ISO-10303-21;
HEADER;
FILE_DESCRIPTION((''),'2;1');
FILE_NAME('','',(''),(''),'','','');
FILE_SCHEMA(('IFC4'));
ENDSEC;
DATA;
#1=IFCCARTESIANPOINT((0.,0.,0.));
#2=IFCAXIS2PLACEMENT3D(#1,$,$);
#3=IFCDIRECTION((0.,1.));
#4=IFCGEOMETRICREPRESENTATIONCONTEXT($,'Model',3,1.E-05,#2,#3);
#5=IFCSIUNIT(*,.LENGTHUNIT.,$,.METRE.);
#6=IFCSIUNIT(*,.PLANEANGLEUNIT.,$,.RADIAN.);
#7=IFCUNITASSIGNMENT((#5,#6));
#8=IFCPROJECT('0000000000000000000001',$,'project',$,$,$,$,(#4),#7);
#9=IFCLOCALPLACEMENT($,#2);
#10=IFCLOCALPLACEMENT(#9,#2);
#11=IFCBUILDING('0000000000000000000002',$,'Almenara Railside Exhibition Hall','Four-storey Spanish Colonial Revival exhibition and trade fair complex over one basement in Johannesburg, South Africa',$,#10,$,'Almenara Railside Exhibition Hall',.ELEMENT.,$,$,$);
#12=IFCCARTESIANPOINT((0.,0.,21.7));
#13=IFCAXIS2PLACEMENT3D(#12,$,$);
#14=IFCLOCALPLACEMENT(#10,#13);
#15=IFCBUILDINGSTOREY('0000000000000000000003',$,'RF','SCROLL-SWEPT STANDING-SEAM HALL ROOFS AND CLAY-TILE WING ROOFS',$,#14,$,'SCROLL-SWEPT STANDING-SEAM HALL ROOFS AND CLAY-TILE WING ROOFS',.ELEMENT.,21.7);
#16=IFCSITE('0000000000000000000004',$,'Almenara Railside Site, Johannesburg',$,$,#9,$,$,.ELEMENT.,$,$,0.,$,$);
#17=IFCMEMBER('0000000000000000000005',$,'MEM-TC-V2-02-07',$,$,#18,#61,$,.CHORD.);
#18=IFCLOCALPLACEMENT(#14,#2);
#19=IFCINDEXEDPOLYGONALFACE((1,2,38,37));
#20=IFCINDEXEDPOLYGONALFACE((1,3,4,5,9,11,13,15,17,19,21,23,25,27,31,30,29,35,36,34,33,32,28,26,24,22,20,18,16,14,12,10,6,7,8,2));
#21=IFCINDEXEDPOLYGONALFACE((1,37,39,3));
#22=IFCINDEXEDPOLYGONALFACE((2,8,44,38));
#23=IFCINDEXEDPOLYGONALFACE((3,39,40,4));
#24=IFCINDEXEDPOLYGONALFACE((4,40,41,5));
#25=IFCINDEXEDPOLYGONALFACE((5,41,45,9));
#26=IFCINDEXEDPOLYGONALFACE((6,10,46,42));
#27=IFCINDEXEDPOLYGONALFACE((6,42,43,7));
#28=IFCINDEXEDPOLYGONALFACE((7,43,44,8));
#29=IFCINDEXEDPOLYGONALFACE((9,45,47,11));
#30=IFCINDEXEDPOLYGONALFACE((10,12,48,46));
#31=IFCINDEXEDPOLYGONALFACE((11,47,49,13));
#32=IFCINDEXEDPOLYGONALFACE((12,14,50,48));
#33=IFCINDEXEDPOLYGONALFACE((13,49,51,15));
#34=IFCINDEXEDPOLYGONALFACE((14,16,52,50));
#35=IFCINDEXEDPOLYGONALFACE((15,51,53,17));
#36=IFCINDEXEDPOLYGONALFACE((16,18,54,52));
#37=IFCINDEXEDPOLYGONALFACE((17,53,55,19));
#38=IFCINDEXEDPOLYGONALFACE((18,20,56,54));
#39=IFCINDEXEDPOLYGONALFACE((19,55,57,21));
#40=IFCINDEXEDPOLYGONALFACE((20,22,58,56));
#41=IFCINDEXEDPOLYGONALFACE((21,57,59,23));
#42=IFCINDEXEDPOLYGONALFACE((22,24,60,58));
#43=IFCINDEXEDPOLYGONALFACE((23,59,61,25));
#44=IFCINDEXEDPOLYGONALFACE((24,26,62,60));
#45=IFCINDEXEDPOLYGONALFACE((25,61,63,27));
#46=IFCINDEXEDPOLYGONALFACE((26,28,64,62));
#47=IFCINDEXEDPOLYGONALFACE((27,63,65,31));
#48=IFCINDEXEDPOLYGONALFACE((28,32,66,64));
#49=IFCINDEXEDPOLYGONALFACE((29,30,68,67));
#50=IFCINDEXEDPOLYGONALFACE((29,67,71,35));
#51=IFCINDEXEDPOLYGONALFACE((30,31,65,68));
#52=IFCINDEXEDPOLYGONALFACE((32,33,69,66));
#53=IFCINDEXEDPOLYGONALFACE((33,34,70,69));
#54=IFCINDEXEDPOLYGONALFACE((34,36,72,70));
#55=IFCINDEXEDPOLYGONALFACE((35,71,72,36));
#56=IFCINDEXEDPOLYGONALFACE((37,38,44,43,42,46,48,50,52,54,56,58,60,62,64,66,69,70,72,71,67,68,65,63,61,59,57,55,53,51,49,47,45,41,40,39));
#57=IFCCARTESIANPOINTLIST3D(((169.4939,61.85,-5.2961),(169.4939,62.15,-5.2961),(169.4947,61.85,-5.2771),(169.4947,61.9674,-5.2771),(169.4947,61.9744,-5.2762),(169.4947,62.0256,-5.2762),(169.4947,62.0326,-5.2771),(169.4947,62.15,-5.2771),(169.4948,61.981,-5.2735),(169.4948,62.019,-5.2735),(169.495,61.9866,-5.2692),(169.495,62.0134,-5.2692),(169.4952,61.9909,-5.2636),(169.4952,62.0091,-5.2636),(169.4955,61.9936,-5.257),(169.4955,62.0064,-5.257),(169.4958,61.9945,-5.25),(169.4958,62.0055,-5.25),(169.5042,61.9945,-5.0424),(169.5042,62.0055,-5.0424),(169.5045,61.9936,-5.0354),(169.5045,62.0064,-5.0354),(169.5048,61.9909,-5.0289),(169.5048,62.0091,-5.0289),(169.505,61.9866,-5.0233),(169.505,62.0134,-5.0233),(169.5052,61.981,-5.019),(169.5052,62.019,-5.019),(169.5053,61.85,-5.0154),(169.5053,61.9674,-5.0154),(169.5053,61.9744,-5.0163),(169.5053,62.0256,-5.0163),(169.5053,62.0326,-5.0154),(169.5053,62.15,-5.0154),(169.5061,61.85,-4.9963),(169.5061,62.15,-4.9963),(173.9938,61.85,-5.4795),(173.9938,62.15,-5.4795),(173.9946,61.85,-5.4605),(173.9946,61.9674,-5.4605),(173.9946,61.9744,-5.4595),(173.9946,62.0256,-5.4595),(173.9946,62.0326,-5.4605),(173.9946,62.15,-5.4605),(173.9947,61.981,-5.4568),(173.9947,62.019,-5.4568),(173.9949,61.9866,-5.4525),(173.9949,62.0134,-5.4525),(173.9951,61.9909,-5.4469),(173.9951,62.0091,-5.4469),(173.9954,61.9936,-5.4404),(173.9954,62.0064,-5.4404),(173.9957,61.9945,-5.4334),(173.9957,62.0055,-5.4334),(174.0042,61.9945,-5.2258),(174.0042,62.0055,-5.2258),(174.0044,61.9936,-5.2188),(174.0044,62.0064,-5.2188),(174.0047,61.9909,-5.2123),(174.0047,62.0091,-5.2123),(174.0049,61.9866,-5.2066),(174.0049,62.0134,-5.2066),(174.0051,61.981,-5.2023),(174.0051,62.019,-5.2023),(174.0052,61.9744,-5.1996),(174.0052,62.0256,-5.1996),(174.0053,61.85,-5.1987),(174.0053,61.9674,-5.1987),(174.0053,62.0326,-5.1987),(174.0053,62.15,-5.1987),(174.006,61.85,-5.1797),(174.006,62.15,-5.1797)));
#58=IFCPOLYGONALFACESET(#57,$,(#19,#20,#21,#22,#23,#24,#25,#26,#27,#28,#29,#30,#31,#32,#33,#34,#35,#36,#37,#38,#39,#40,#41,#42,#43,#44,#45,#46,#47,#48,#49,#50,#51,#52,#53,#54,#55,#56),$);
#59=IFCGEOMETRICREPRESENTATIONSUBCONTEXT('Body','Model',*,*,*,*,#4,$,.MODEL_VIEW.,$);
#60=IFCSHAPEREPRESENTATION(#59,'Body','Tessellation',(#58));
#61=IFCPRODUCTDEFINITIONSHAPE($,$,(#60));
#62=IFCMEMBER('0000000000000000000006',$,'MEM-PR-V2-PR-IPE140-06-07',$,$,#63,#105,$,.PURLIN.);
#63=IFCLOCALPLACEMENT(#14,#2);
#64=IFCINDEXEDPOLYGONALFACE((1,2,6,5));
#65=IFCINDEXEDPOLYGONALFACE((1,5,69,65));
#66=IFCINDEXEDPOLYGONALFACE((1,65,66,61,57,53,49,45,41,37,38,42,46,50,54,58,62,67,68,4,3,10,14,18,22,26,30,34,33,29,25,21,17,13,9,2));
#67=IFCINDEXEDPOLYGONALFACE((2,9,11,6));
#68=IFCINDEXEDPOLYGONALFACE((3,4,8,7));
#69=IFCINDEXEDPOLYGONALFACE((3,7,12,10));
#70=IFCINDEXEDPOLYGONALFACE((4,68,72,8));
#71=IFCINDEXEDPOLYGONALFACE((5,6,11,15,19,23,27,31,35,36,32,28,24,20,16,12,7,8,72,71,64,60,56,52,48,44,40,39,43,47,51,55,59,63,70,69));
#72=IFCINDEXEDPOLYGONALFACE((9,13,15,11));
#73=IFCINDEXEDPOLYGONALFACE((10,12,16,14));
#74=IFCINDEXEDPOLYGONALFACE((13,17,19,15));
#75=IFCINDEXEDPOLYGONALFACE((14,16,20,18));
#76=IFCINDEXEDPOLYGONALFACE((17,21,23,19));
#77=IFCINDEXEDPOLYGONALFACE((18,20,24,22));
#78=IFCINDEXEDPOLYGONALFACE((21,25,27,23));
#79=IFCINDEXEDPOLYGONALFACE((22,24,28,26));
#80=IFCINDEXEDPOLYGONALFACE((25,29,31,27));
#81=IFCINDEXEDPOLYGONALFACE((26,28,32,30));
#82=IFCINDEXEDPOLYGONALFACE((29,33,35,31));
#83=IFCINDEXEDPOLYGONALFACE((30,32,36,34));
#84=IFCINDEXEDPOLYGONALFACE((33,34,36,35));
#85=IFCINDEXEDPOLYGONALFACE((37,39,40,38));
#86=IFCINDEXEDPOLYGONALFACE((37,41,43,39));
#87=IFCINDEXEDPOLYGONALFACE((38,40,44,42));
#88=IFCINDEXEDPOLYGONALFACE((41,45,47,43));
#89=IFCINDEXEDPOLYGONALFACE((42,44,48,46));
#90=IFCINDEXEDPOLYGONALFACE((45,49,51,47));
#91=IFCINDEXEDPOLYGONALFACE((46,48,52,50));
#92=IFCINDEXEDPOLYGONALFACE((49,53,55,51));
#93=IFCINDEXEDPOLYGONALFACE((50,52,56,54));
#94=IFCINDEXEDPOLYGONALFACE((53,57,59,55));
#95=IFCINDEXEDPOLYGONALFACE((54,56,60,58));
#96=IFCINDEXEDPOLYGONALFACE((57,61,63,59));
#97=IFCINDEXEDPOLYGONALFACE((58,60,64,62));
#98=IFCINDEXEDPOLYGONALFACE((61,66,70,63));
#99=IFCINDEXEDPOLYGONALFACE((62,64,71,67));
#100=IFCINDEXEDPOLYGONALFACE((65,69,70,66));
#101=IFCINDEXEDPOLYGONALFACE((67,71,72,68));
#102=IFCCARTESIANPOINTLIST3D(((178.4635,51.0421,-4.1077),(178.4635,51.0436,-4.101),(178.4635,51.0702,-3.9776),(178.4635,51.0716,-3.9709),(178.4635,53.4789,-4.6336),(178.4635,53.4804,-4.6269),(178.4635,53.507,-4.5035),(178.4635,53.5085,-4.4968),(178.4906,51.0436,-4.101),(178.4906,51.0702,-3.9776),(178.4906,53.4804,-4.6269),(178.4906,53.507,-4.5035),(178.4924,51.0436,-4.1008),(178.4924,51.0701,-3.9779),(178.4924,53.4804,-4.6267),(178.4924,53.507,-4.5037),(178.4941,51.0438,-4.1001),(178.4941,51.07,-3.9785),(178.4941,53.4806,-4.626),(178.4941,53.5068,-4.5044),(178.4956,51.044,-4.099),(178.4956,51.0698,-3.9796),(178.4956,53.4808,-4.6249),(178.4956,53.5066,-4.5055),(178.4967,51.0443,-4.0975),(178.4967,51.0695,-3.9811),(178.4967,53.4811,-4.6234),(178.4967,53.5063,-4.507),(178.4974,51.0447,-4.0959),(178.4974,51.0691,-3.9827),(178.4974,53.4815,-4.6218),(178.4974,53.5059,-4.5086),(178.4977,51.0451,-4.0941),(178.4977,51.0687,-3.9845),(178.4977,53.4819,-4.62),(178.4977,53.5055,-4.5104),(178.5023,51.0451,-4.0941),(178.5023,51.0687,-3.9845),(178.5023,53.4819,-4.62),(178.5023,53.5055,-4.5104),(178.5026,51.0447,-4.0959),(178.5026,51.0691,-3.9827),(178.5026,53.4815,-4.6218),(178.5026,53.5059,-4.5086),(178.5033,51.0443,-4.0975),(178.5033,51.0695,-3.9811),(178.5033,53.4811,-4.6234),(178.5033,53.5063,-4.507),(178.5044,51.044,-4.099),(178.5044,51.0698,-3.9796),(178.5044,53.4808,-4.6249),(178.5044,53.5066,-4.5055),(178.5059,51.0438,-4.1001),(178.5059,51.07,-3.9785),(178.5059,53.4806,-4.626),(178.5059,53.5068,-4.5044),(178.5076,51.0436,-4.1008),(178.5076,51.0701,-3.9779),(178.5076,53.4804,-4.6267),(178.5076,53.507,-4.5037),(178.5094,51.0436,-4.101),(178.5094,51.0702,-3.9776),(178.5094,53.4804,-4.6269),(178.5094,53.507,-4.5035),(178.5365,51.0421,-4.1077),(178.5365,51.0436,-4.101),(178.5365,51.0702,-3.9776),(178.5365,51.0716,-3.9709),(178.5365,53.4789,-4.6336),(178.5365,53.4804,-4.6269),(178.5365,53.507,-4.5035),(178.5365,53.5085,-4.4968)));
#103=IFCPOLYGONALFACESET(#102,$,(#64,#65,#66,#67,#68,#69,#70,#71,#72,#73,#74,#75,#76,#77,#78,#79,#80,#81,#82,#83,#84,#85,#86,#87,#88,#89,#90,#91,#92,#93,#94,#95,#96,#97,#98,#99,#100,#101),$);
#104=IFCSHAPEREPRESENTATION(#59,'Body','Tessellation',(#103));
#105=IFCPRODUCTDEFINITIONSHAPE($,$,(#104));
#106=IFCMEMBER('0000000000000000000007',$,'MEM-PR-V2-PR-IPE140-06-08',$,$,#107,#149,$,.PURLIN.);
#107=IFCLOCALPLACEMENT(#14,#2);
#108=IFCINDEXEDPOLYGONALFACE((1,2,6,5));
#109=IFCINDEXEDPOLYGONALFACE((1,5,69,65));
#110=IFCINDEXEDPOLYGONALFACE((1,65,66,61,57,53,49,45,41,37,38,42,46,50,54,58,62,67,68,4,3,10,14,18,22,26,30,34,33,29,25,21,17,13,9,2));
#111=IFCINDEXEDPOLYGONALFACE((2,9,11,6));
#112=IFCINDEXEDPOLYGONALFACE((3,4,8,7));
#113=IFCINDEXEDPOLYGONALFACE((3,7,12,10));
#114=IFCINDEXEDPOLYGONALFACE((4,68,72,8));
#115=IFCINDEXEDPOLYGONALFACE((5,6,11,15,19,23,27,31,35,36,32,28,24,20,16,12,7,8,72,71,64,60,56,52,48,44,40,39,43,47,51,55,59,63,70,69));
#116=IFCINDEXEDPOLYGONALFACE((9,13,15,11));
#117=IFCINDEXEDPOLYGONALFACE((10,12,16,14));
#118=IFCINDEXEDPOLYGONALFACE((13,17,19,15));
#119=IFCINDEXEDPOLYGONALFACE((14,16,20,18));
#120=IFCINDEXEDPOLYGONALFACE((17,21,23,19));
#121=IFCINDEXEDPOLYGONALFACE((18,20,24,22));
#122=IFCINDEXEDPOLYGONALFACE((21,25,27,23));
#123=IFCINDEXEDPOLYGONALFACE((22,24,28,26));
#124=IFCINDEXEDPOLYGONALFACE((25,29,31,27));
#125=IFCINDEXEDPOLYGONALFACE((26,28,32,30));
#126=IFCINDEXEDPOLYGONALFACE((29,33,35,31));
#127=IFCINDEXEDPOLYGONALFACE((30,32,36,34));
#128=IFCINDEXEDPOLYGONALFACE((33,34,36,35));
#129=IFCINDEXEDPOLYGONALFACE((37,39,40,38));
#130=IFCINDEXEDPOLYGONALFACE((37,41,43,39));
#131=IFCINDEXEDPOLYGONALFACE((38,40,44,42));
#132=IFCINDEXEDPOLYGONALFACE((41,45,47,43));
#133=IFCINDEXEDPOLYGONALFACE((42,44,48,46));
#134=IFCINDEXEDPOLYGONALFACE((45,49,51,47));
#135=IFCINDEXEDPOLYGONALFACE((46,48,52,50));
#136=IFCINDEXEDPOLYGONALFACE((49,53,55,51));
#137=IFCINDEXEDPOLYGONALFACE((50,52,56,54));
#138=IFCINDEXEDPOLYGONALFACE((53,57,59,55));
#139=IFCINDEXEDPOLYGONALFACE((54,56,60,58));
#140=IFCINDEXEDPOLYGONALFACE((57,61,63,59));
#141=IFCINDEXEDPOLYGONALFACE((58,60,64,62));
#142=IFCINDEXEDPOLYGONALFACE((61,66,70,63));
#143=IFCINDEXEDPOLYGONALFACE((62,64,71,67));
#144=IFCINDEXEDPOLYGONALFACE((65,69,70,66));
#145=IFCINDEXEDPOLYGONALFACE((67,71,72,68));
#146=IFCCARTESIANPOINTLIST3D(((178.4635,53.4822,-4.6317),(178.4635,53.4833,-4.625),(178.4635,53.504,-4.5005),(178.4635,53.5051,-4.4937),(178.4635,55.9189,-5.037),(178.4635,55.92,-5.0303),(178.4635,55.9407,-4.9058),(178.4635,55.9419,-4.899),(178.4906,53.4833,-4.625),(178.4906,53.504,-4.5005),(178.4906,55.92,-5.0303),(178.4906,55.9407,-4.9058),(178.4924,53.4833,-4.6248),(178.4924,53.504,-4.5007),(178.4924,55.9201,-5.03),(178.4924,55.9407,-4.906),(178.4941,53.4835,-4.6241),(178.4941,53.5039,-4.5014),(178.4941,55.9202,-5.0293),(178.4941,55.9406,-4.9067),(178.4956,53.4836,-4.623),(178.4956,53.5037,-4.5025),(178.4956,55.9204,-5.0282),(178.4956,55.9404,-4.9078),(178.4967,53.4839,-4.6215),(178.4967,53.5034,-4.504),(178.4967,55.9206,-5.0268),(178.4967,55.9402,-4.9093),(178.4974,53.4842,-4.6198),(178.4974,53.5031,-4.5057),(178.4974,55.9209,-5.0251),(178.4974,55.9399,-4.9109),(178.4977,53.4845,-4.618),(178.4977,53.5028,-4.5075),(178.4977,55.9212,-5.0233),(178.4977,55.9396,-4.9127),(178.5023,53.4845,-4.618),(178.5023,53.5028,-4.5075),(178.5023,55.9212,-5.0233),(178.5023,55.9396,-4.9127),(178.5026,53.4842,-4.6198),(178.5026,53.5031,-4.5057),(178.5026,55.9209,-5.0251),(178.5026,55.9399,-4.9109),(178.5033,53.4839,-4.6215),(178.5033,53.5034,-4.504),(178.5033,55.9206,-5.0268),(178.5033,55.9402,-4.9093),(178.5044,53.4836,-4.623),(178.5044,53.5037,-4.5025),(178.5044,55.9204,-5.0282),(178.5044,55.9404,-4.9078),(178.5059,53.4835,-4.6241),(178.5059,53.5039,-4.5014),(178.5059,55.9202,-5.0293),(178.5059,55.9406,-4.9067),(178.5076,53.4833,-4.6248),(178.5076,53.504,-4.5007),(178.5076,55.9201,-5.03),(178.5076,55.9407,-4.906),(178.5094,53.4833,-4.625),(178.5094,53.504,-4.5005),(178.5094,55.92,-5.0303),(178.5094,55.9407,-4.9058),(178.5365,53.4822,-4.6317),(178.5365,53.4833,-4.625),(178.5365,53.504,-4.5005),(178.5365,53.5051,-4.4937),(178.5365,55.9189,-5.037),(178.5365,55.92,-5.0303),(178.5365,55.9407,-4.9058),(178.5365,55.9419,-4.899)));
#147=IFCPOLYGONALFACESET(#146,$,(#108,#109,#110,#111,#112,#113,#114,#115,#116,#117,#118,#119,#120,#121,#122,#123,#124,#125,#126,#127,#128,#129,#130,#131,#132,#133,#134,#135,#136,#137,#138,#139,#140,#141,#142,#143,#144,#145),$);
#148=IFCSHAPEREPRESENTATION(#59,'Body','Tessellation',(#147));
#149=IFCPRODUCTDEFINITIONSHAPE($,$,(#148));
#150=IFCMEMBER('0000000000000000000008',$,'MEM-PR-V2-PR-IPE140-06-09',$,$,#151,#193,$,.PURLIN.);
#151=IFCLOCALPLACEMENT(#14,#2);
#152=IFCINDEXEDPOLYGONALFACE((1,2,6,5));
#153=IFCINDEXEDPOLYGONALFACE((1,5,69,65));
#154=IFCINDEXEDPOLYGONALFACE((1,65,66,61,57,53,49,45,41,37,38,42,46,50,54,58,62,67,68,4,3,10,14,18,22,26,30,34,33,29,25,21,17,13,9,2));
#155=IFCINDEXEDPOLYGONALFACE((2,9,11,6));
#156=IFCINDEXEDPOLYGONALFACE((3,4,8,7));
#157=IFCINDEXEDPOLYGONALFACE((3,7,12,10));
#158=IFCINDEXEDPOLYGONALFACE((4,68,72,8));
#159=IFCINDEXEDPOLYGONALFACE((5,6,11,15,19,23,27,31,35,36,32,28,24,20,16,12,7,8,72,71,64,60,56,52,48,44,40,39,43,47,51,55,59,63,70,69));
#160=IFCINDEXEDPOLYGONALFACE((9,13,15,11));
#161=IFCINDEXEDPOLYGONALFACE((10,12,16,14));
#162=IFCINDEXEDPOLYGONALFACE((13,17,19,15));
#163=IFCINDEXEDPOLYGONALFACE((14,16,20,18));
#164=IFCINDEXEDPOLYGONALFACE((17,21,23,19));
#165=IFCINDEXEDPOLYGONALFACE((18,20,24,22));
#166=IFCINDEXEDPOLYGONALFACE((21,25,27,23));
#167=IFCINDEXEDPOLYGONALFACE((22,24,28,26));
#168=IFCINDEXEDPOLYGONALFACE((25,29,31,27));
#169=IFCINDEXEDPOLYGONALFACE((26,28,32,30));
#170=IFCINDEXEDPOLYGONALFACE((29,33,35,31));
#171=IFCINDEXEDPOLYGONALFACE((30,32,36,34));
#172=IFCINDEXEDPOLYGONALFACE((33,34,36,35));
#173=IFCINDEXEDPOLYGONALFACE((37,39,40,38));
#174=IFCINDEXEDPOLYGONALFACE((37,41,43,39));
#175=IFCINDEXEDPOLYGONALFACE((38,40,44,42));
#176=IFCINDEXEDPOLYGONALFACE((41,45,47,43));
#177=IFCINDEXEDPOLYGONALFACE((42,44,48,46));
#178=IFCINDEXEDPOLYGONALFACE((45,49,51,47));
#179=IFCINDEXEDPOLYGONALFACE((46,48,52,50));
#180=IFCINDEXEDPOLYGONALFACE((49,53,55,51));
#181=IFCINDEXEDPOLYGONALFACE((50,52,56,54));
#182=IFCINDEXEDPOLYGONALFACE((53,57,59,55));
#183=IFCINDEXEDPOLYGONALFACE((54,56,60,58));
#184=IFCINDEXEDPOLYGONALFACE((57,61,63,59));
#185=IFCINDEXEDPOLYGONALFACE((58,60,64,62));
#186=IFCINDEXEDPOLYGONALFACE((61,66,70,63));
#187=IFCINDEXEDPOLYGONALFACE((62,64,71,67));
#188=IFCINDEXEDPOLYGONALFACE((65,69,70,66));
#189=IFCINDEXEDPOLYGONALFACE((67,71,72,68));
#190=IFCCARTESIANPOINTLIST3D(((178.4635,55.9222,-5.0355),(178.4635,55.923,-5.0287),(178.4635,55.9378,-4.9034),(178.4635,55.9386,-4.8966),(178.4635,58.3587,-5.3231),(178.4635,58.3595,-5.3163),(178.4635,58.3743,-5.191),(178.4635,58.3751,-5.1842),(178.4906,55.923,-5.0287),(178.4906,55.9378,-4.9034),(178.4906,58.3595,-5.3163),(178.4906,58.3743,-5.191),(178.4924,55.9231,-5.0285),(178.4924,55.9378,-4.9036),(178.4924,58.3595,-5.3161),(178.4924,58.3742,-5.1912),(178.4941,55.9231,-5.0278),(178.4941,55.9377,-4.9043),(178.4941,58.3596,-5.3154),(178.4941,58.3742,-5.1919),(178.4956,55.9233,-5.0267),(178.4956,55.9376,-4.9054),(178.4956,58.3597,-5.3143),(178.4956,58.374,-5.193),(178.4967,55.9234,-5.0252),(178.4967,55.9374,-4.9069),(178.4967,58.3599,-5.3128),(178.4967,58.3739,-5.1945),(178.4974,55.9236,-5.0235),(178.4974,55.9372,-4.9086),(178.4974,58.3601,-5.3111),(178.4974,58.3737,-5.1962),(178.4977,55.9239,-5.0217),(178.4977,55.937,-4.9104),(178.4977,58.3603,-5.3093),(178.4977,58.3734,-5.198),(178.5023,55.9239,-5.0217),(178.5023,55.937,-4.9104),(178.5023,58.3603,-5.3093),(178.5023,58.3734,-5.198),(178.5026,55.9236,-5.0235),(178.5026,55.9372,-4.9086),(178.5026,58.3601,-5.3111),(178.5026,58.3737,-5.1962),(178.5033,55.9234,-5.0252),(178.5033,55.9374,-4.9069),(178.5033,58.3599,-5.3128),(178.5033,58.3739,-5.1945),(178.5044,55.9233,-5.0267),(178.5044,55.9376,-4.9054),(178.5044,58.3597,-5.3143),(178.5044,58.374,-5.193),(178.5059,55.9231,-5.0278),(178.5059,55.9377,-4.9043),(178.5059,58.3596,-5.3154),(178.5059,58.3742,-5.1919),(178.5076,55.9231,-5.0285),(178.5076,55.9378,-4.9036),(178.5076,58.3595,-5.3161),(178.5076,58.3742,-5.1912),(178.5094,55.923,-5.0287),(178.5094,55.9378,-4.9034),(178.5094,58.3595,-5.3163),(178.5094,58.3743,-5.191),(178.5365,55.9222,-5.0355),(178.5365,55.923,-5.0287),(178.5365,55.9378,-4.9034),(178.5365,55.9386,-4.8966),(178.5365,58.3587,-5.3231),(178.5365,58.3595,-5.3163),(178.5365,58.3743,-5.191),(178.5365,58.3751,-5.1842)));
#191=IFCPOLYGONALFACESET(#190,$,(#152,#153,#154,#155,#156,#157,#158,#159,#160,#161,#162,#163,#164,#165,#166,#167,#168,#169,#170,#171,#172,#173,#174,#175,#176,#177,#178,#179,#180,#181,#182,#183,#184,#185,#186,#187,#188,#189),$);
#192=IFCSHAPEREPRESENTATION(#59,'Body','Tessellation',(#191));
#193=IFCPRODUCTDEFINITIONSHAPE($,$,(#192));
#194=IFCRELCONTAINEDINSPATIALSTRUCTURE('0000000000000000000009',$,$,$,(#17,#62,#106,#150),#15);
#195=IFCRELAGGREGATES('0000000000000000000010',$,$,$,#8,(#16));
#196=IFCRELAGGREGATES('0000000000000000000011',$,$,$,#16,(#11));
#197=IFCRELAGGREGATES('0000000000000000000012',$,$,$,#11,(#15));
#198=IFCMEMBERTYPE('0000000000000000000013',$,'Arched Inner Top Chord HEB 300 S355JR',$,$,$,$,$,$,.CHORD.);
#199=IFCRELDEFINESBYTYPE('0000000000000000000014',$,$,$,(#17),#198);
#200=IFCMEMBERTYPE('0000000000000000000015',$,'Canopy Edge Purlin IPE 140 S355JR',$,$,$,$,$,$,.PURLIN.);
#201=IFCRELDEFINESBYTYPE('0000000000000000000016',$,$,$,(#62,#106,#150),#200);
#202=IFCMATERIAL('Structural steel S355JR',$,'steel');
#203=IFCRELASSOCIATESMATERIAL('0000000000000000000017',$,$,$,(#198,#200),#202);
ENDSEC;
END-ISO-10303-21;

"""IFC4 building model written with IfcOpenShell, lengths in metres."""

from ifc_helpers import new_model, si_unit, direction, frame, origin, origin_2d, place, context, subcontext, project, spatial, i_section, extrude, material, material_profile, profile_set, type_object, element, save


model = new_model("IFC4")

# Units and contexts
model_context = context("Model", 3, precision=1e-05, world=origin(), true_north=direction((0.0, 1.0)))
body_context = subcontext(model_context, "Body", "Model", "MODEL_VIEW")
ifc_project = project(units=[si_unit("LENGTHUNIT", "METRE"), si_unit("PLANEANGLEUNIT", "RADIAN")], contexts=[model_context])

# Site, building, storey
site_placement = place(None, origin())
site = spatial("IfcSite", under=ifc_project, at=site_placement, Name="Almenara Railside Site, Johannesburg", CompositionType="ELEMENT", RefElevation=0.0)
building_placement = place(site_placement, origin())
building = spatial("IfcBuilding", under=site, at=building_placement, Name="Almenara Railside Exhibition Hall", Description="Four-storey Spanish Colonial Revival exhibition and trade fair complex over one basement in Johannesburg, South Africa", LongName="Almenara Railside Exhibition Hall", CompositionType="ELEMENT")
storey_placement = place(building_placement, frame((0.0, 0.0, 21.7)))
storey = spatial("IfcBuildingStorey", under=building, at=storey_placement, Name="RF", Description="SCROLL-SWEPT STANDING-SEAM HALL ROOFS AND CLAY-TILE WING ROOFS", LongName="SCROLL-SWEPT STANDING-SEAM HALL ROOFS AND CLAY-TILE WING ROOFS", CompositionType="ELEMENT", Elevation=21.7)

# Members
ifc_material_1 = material(Name="Structural steel S355JR", Category="steel")
ifc_material_profile_1 = material_profile(ifc_material_1, i_section(OverallWidth=0.3, OverallDepth=0.3, WebThickness=0.011, FlangeThickness=0.019, FilletRadius=0.0271, at=origin_2d()), Name="HEB 300")
ifc_profile_set_1 = profile_set([ifc_material_profile_1], Name="Structural steel S355JR")
member_type_1 = type_object("IfcMemberType", Name="Arched Inner Top Chord HEB 300 S355JR", PredefinedType="CHORD", material=ifc_profile_set_1)
member_1_placement = place(storey_placement, frame((169.5, 62.0, -5.1462), z_axis=(0.999171, 0.0, -0.040711), x_axis=(0.0, 1.0, 0.0)))
element("IfcMember", 1, at=member_1_placement, inside=storey, type_object=member_type_1, Name="MEM-TC-V2-02-07", PredefinedType="CHORD", context=body_context, shape_type="SweptSolid", body=[
    extrude(i_section(OverallWidth=0.3, OverallDepth=0.3, WebThickness=0.011, FlangeThickness=0.019, FilletRadius=0.0271, at=origin_2d()), origin(), (0.0, 0.0, 1.0), 4.5037),
])
ifc_material_profile_2 = material_profile(ifc_material_1, i_section(OverallWidth=0.073, OverallDepth=0.1399, WebThickness=0.0046, FlangeThickness=0.0068, FilletRadius=0.0071, at=origin_2d()), Name="IPE 140")
ifc_profile_set_2 = profile_set([ifc_material_profile_2], Name="Structural steel S355JR")
member_type_2 = type_object("IfcMemberType", Name="Canopy Edge Purlin IPE 140 S355JR", PredefinedType="PURLIN", material=ifc_profile_set_2)
member_2_placement = place(storey_placement, frame((178.5, 51.0569, -4.0393), z_axis=(0.0, 0.977496, -0.210953), x_axis=(-1.0, 0.0, 0.0)))
element("IfcMember", 2, at=member_2_placement, inside=storey, type_object=member_type_2, Name="MEM-PR-V2-PR-IPE140-06-07", PredefinedType="PURLIN", context=body_context, shape_type="SweptSolid", body=[
    extrude(i_section(OverallWidth=0.073, OverallDepth=0.1399, WebThickness=0.0046, FlangeThickness=0.0068, FilletRadius=0.0071, at=origin_2d()), origin(), (0.0, 0.0, 1.0), 2.4929),
])
member_3_placement = place(storey_placement, frame((178.5, 53.4937, -4.5627), z_axis=(0.0, 0.98645, -0.164062), x_axis=(-1.0, 0.0, 0.0)))
element("IfcMember", 3, at=member_3_placement, inside=storey, type_object=member_type_2, Name="MEM-PR-V2-PR-IPE140-06-08", PredefinedType="PURLIN", context=body_context, shape_type="SweptSolid", body=[
    extrude(i_section(OverallWidth=0.073, OverallDepth=0.1399, WebThickness=0.0046, FlangeThickness=0.0068, FilletRadius=0.0071, at=origin_2d()), origin(), (0.0, 0.0, 1.0), 2.4702),
])
member_4_placement = place(storey_placement, frame((178.5, 55.9304, -4.9661), z_axis=(0.0, 0.993106, -0.117222), x_axis=(-1.0, 0.0, 0.0)))
element("IfcMember", 4, at=member_4_placement, inside=storey, type_object=member_type_2, Name="MEM-PR-V2-PR-IPE140-06-09", PredefinedType="PURLIN", context=body_context, shape_type="SweptSolid", body=[
    extrude(i_section(OverallWidth=0.073, OverallDepth=0.1399, WebThickness=0.0046, FlangeThickness=0.0068, FilletRadius=0.0071, at=origin_2d()), origin(), (0.0, 0.0, 1.0), 2.4534),
])

save(model, "model.ifc")
